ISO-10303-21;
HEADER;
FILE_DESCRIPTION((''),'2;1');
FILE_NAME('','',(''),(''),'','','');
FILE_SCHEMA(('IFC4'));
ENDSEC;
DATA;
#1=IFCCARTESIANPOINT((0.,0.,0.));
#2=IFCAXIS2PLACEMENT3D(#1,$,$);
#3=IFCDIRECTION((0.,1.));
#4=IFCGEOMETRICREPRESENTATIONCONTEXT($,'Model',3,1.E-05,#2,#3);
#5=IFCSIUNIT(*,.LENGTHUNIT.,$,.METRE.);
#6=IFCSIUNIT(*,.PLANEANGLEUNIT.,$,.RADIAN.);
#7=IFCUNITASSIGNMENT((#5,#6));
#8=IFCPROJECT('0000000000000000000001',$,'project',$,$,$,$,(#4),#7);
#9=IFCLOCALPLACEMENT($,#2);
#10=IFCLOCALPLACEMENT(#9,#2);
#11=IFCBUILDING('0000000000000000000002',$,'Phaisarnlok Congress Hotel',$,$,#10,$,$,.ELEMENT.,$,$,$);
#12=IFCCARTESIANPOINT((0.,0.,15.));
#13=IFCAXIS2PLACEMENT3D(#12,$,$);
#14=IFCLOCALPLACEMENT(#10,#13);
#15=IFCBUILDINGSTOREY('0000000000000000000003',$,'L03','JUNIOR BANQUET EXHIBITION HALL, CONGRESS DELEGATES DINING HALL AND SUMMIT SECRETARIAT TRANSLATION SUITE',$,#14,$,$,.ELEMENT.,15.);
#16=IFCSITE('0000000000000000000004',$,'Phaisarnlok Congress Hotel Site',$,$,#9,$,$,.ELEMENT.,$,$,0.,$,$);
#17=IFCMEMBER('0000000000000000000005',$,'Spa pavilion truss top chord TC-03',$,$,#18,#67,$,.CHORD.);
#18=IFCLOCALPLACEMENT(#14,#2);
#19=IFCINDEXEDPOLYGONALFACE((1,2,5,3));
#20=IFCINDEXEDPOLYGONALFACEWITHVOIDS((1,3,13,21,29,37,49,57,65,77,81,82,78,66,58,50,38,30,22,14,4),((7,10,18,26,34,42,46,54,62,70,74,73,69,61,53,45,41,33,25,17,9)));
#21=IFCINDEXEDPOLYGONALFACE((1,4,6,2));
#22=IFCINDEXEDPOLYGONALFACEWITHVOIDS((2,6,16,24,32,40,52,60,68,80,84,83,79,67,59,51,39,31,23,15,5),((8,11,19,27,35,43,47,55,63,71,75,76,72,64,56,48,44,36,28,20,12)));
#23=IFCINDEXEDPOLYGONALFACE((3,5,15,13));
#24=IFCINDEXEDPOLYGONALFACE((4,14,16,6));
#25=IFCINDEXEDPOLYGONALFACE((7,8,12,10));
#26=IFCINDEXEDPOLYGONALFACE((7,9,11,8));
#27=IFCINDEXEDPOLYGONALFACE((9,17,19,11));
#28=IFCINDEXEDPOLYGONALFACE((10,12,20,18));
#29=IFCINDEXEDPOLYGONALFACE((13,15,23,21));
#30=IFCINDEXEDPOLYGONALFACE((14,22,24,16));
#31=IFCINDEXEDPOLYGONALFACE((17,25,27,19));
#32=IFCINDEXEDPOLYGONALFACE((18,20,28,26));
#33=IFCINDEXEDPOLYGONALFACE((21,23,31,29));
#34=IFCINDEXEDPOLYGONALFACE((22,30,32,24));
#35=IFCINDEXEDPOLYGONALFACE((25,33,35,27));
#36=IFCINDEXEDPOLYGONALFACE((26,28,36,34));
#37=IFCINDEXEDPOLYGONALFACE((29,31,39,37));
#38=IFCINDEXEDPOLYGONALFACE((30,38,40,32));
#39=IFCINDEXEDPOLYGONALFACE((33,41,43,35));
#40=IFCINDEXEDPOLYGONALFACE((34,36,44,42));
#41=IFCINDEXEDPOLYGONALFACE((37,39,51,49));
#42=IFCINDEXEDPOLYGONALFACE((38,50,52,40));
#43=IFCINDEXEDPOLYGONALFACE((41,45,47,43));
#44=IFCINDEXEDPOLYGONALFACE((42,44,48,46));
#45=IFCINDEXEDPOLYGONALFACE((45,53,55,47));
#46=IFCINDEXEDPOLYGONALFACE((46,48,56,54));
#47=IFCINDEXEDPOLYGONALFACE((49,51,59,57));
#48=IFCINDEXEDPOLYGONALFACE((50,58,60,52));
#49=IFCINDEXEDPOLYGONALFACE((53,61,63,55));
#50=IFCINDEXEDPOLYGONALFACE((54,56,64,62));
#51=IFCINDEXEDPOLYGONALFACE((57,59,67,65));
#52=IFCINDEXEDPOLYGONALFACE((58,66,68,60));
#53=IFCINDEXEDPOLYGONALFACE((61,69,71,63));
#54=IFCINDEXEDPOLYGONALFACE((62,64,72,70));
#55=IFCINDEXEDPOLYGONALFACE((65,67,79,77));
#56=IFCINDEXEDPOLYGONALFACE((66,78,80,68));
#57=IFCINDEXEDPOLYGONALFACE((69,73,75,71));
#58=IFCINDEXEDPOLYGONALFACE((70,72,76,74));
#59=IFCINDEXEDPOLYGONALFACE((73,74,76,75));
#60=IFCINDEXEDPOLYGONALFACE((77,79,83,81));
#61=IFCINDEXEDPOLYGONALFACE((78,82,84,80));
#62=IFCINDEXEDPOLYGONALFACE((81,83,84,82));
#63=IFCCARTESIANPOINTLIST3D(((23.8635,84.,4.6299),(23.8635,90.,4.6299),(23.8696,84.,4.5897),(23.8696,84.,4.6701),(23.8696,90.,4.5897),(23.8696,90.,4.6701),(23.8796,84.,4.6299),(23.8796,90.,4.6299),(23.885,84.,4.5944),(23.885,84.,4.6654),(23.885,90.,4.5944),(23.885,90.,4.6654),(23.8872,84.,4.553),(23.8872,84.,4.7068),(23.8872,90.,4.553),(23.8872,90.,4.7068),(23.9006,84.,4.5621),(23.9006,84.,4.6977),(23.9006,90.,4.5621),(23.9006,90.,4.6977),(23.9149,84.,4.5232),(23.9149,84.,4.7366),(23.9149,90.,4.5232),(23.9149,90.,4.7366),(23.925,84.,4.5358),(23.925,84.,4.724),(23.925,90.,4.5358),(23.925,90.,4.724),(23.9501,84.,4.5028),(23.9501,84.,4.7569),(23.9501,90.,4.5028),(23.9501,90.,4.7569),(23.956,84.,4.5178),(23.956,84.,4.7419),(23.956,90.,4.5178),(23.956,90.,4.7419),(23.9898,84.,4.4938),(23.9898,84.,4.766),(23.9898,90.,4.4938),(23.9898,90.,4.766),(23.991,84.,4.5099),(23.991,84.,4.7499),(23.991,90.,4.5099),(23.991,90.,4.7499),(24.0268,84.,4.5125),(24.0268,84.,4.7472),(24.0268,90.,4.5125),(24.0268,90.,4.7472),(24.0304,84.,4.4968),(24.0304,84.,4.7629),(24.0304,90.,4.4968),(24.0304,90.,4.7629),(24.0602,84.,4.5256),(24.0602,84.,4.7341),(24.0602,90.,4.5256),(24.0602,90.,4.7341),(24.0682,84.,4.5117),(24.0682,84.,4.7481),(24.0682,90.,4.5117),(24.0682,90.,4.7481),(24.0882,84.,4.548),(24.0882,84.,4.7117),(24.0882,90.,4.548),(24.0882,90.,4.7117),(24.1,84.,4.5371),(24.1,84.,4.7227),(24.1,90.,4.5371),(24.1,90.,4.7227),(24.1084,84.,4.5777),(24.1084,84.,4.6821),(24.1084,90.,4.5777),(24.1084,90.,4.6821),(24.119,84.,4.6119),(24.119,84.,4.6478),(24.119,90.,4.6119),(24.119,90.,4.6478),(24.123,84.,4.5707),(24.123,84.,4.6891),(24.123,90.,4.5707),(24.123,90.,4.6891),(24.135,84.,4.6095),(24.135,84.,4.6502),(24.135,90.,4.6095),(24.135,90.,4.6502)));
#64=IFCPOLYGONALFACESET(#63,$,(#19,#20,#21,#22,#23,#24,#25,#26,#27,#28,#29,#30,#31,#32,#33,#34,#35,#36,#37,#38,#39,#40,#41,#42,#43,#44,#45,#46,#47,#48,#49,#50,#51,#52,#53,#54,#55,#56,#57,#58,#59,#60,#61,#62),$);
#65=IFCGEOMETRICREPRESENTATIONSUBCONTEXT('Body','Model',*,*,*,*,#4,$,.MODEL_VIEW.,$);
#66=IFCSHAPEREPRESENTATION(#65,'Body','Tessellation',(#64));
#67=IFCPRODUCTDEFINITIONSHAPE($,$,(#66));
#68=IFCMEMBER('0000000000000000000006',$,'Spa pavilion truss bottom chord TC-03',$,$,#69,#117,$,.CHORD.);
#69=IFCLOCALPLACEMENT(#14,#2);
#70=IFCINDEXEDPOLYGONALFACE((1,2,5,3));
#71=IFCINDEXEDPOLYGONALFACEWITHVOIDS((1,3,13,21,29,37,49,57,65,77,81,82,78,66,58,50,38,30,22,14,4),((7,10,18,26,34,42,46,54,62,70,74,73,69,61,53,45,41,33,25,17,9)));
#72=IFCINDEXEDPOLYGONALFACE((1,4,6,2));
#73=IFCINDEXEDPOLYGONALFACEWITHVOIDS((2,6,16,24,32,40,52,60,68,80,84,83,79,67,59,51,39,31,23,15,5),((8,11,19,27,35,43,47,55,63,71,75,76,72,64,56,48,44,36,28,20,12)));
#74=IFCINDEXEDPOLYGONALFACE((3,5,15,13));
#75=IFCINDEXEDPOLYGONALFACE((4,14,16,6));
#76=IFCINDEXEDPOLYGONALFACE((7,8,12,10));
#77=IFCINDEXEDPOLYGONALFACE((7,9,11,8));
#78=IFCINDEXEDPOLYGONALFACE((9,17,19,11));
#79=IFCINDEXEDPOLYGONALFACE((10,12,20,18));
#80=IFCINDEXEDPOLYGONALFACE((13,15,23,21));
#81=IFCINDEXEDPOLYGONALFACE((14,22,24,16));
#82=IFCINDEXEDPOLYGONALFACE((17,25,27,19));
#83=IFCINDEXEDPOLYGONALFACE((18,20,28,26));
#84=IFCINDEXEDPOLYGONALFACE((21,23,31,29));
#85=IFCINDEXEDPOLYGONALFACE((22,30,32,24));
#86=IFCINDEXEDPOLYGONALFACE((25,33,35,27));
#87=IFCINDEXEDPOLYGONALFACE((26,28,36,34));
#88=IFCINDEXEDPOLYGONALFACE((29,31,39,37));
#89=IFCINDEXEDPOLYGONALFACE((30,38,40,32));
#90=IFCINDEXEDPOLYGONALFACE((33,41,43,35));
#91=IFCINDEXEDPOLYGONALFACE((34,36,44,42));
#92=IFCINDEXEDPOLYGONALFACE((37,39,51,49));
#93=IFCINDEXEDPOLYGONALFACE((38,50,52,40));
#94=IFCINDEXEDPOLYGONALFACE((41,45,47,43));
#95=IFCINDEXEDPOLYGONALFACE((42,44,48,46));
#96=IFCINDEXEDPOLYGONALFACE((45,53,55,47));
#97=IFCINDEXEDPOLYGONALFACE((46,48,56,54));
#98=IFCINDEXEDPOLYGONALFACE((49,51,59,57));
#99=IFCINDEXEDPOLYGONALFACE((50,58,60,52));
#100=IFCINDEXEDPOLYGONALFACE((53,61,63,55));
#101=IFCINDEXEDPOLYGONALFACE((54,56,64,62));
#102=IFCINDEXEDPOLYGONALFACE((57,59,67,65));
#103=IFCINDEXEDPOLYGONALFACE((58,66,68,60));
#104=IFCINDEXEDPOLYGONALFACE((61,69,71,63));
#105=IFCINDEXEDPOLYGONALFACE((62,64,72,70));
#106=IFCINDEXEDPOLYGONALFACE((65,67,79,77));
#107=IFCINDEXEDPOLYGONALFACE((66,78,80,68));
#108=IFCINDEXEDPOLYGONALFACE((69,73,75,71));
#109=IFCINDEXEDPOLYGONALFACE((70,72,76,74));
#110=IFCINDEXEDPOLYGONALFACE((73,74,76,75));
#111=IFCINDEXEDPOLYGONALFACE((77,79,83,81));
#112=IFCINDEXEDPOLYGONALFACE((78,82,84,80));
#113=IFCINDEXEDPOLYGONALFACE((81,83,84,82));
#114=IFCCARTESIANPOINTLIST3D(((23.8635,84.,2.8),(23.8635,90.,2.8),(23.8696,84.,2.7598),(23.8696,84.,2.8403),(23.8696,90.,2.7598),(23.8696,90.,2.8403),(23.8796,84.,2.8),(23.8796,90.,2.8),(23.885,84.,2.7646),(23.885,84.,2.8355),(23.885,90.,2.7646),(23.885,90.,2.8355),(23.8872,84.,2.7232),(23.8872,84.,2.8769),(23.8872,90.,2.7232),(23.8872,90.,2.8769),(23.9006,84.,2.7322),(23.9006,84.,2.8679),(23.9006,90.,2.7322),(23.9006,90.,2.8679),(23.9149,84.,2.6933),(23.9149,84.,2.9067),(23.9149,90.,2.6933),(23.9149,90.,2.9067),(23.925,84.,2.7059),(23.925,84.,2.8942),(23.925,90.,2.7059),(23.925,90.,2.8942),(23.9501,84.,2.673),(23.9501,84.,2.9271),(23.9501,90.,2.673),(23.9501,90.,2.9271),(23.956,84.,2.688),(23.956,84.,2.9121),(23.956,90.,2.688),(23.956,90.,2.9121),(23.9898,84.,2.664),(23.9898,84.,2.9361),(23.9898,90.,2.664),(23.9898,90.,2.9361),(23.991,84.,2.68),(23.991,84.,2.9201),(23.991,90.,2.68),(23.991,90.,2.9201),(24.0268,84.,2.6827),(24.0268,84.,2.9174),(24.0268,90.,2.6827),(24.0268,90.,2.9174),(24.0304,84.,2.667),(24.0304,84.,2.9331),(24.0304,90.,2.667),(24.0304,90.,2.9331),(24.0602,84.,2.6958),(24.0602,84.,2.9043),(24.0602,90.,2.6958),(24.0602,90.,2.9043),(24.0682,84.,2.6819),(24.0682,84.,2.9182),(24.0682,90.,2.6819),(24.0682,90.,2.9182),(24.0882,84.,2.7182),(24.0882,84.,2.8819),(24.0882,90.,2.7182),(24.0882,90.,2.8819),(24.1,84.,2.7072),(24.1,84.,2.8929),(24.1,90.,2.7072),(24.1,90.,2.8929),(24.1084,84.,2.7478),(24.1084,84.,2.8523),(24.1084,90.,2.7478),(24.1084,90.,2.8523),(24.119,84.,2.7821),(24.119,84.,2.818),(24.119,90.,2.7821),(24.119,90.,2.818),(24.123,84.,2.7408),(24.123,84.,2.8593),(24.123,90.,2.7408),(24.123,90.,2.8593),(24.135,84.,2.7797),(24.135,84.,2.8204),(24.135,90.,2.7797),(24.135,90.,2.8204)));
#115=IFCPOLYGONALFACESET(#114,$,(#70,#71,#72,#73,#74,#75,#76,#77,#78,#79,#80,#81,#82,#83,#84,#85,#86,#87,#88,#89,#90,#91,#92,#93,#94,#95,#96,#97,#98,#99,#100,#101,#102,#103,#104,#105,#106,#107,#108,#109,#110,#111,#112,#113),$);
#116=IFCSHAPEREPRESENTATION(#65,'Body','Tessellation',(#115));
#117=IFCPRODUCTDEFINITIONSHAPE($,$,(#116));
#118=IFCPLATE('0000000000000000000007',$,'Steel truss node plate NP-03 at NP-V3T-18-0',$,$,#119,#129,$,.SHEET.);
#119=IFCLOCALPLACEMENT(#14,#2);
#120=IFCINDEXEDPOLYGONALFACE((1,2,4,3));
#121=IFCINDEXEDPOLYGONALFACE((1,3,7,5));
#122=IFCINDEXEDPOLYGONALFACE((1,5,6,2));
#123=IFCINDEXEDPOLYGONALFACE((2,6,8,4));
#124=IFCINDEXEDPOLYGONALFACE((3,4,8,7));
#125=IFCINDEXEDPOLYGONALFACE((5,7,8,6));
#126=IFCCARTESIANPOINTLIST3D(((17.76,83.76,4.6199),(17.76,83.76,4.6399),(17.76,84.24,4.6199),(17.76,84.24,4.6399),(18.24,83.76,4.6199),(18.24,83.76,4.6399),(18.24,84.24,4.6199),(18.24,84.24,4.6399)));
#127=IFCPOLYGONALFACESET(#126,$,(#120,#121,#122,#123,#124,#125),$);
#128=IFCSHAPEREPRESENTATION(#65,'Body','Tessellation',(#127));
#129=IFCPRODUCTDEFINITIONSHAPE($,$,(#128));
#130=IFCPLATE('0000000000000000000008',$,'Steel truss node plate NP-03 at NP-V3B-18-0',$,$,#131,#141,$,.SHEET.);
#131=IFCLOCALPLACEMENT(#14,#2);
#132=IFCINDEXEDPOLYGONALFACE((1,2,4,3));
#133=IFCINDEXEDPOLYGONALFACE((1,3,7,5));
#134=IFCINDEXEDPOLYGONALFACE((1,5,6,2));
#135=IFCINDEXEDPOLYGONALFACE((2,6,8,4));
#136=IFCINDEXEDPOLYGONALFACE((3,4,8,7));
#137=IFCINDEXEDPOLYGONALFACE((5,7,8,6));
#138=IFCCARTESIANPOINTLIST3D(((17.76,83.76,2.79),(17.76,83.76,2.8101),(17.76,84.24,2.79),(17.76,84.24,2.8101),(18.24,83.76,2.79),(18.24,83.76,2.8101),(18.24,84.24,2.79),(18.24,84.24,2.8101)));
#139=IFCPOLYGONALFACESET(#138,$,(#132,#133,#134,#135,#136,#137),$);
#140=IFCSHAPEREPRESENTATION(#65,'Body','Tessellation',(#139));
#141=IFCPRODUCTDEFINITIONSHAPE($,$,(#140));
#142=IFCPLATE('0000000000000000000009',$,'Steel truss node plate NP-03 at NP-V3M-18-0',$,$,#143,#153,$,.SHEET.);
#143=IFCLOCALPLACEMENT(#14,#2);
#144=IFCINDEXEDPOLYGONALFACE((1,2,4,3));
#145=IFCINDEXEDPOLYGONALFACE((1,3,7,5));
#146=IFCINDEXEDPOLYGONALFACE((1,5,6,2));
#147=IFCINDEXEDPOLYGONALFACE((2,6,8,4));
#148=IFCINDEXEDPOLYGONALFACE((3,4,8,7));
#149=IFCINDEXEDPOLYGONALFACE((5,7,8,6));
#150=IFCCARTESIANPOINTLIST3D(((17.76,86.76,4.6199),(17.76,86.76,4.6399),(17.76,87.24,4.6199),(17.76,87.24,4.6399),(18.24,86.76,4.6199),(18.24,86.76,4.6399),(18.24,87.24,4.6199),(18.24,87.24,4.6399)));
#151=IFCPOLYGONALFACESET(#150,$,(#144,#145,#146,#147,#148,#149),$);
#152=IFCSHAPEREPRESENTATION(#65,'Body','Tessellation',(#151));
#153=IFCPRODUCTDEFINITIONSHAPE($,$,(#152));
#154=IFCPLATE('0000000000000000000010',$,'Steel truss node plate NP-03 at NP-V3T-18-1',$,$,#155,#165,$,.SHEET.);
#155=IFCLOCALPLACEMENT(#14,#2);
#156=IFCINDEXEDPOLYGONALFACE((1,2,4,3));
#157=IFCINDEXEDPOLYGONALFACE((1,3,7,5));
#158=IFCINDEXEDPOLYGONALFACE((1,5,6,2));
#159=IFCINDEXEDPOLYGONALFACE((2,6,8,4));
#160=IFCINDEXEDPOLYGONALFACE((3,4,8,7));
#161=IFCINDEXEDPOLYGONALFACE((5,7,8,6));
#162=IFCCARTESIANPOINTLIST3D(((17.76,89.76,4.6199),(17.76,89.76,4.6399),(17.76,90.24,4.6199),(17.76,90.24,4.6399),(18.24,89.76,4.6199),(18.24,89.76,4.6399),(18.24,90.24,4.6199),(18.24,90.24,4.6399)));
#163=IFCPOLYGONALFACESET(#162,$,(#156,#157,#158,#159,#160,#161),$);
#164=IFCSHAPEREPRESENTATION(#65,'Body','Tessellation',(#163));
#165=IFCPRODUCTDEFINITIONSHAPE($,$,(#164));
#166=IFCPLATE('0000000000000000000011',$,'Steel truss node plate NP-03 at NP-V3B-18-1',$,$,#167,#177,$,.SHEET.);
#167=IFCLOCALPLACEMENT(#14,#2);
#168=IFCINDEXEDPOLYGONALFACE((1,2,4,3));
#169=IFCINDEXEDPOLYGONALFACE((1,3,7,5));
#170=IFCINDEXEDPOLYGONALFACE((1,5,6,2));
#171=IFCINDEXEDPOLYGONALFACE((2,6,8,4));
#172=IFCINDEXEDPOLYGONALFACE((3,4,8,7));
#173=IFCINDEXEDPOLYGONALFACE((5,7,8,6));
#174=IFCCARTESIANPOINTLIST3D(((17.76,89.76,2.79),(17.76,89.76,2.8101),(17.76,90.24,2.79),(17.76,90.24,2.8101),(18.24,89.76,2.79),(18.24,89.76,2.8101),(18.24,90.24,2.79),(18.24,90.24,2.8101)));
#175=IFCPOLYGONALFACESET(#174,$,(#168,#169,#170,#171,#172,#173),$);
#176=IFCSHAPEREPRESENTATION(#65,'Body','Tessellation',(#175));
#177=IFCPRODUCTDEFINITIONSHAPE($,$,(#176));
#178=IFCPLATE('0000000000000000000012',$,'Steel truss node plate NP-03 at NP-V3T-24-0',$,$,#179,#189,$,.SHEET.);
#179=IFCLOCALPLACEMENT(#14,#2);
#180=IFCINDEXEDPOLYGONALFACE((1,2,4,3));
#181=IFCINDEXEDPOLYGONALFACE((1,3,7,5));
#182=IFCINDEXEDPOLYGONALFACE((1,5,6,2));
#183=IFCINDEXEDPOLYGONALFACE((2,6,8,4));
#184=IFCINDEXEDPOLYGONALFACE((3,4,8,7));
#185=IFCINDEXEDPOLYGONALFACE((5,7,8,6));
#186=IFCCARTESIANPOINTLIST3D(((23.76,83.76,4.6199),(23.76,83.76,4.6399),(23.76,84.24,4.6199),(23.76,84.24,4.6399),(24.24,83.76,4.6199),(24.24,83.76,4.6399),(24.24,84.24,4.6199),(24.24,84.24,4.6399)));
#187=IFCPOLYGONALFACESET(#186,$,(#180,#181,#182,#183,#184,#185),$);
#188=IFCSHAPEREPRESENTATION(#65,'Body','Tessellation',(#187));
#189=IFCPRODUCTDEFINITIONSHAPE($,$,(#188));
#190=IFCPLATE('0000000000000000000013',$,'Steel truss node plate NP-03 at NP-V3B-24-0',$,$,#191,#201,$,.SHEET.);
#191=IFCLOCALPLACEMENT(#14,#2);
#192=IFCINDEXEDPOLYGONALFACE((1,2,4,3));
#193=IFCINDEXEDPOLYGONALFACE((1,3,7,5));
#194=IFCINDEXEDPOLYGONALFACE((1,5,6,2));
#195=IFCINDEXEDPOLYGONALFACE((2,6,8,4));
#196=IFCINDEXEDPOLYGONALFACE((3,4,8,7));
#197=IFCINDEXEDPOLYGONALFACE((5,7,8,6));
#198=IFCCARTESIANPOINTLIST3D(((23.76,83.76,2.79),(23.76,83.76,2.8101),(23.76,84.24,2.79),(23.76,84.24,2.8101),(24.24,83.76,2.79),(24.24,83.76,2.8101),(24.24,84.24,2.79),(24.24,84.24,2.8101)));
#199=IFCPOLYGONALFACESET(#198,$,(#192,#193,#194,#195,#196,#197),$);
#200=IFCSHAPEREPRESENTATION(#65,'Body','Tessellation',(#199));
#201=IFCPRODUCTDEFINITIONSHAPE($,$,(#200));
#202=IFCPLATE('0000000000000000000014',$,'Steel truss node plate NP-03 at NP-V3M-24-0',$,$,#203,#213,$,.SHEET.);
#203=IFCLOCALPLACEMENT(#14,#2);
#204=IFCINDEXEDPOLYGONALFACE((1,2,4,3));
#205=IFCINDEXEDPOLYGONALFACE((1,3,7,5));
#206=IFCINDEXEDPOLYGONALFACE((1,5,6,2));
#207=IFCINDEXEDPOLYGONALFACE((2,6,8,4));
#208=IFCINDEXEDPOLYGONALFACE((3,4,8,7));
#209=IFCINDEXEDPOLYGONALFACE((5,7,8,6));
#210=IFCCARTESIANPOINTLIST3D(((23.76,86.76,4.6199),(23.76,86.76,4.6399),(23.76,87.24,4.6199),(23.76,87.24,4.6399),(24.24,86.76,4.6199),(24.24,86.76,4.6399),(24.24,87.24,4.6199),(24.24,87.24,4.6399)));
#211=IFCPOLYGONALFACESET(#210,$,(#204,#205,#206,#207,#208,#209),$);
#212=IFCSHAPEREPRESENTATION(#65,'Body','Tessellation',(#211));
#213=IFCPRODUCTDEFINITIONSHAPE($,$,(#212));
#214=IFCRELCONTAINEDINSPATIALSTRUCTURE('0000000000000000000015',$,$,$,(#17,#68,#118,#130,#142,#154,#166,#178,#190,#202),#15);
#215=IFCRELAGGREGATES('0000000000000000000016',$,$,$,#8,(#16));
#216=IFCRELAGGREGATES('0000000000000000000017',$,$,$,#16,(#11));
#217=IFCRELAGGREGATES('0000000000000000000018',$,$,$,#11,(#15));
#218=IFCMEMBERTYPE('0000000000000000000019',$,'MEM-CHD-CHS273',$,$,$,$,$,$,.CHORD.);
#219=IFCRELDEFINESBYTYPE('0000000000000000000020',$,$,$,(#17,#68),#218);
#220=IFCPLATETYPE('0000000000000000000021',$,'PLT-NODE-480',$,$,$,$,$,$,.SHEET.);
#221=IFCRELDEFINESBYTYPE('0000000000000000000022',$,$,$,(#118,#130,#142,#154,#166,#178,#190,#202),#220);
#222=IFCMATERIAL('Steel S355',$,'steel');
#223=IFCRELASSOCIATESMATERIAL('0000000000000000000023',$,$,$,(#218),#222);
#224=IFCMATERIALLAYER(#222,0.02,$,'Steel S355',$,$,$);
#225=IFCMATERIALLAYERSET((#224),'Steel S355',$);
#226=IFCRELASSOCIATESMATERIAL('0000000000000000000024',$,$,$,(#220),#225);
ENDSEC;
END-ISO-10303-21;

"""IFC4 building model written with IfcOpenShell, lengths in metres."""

from ifc_helpers import new_model, si_unit, direction, frame, origin, origin_2d, place, context, subcontext, project, spatial, rectangle, hollow_circle, extrude, material, layer, layer_set, material_profile, profile_set, type_object, element, save


model = new_model("IFC4")

# Units and contexts
model_context = context("Model", 3, precision=1e-05, world=origin(), true_north=direction((0.0, 1.0)))
body_context = subcontext(model_context, "Body", "Model", "MODEL_VIEW")
ifc_project = project(units=[si_unit("LENGTHUNIT", "METRE"), si_unit("PLANEANGLEUNIT", "RADIAN")], contexts=[model_context])

# Site, building, storey
site_placement = place(None, origin())
site = spatial("IfcSite", under=ifc_project, at=site_placement, Name="Phaisarnlok Congress Hotel Site", CompositionType="ELEMENT", RefElevation=0.0)
building_placement = place(site_placement, origin())
building = spatial("IfcBuilding", under=site, at=building_placement, Name="Phaisarnlok Congress Hotel", CompositionType="ELEMENT")
storey_placement = place(building_placement, frame((0.0, 0.0, 15.0)))
storey = spatial("IfcBuildingStorey", under=building, at=storey_placement, Name="L03", Description="JUNIOR BANQUET EXHIBITION HALL, CONGRESS DELEGATES DINING HALL AND SUMMIT SECRETARIAT TRANSLATION SUITE", CompositionType="ELEMENT", Elevation=15.0)

# Members
ifc_material_1 = material(Name="Steel S355", Category="steel")
ifc_material_profile_1 = material_profile(ifc_material_1, hollow_circle(Radius=0.1365, WallThickness=0.0161, at=origin_2d()), Name="CHS 273x16")
ifc_profile_set_1 = profile_set([ifc_material_profile_1], Name="Steel S355")
member_type_1 = type_object("IfcMemberType", Name="MEM-CHD-CHS273", PredefinedType="CHORD", material=ifc_profile_set_1)
for number, where, z_axis, x_axis, name in (
    (1, (24.0, 84.0, 4.6299), (0.0, 1.0, 0.0), (-1.0, 0.0, 0.0), "Spa pavilion truss top chord TC-03"),
    (2, (24.0, 84.0, 2.8), (0.0, 1.0, 0.0), (-1.0, 0.0, 0.0), "Spa pavilion truss bottom chord TC-03"),
):
    element("IfcMember", number, at=place(storey_placement, frame(where, z_axis=z_axis, x_axis=x_axis)), inside=storey, type_object=member_type_1, Name=name, PredefinedType="CHORD", context=body_context, shape_type="SweptSolid", body=[
        extrude(hollow_circle(Radius=0.1365, WallThickness=0.0161, at=origin_2d()), origin(), (0.0, 0.0, 1.0), 6.0),
    ])

# Plates
ifc_layer_1 = layer(ifc_material_1, 0.02, Name="Steel S355")
ifc_layer_set_1 = layer_set([ifc_layer_1], Name="Steel S355")
plate_type = type_object("IfcPlateType", Name="PLT-NODE-480", PredefinedType="SHEET", material=ifc_layer_set_1)
for number, where, z_axis, x_axis, name in (
    (3, (18.0, 84.0, 4.6199), (0.0, 0.0, 1.0), (1.0, 0.0, 0.0), "Steel truss node plate NP-03 at NP-V3T-18-0"),
    (4, (18.0, 84.0, 2.79), (0.0, 0.0, 1.0), (1.0, 0.0, 0.0), "Steel truss node plate NP-03 at NP-V3B-18-0"),
    (5, (18.0, 87.0, 4.6199), (0.0, 0.0, 1.0), (1.0, 0.0, 0.0), "Steel truss node plate NP-03 at NP-V3M-18-0"),
    (6, (18.0, 90.0, 4.6199), (0.0, 0.0, 1.0), (1.0, 0.0, 0.0), "Steel truss node plate NP-03 at NP-V3T-18-1"),
    (7, (18.0, 90.0, 2.79), (0.0, 0.0, 1.0), (1.0, 0.0, 0.0), "Steel truss node plate NP-03 at NP-V3B-18-1"),
    (8, (24.0, 84.0, 4.6199), (0.0, 0.0, 1.0), (1.0, 0.0, 0.0), "Steel truss node plate NP-03 at NP-V3T-24-0"),
    (9, (24.0, 84.0, 2.79), (0.0, 0.0, 1.0), (1.0, 0.0, 0.0), "Steel truss node plate NP-03 at NP-V3B-24-0"),
    (10, (24.0, 87.0, 4.6199), (0.0, 0.0, 1.0), (1.0, 0.0, 0.0), "Steel truss node plate NP-03 at NP-V3M-24-0"),
):
    element("IfcPlate", number, at=place(storey_placement, frame(where, z_axis=z_axis, x_axis=x_axis)), inside=storey, type_object=plate_type, Name=name, PredefinedType="SHEET", context=body_context, shape_type="SweptSolid", body=[
        extrude(rectangle(XDim=0.48, YDim=0.48, at=origin_2d()), origin(), (0.0, 0.0, 1.0), 0.02),
    ])

save(model, "model.ifc")
